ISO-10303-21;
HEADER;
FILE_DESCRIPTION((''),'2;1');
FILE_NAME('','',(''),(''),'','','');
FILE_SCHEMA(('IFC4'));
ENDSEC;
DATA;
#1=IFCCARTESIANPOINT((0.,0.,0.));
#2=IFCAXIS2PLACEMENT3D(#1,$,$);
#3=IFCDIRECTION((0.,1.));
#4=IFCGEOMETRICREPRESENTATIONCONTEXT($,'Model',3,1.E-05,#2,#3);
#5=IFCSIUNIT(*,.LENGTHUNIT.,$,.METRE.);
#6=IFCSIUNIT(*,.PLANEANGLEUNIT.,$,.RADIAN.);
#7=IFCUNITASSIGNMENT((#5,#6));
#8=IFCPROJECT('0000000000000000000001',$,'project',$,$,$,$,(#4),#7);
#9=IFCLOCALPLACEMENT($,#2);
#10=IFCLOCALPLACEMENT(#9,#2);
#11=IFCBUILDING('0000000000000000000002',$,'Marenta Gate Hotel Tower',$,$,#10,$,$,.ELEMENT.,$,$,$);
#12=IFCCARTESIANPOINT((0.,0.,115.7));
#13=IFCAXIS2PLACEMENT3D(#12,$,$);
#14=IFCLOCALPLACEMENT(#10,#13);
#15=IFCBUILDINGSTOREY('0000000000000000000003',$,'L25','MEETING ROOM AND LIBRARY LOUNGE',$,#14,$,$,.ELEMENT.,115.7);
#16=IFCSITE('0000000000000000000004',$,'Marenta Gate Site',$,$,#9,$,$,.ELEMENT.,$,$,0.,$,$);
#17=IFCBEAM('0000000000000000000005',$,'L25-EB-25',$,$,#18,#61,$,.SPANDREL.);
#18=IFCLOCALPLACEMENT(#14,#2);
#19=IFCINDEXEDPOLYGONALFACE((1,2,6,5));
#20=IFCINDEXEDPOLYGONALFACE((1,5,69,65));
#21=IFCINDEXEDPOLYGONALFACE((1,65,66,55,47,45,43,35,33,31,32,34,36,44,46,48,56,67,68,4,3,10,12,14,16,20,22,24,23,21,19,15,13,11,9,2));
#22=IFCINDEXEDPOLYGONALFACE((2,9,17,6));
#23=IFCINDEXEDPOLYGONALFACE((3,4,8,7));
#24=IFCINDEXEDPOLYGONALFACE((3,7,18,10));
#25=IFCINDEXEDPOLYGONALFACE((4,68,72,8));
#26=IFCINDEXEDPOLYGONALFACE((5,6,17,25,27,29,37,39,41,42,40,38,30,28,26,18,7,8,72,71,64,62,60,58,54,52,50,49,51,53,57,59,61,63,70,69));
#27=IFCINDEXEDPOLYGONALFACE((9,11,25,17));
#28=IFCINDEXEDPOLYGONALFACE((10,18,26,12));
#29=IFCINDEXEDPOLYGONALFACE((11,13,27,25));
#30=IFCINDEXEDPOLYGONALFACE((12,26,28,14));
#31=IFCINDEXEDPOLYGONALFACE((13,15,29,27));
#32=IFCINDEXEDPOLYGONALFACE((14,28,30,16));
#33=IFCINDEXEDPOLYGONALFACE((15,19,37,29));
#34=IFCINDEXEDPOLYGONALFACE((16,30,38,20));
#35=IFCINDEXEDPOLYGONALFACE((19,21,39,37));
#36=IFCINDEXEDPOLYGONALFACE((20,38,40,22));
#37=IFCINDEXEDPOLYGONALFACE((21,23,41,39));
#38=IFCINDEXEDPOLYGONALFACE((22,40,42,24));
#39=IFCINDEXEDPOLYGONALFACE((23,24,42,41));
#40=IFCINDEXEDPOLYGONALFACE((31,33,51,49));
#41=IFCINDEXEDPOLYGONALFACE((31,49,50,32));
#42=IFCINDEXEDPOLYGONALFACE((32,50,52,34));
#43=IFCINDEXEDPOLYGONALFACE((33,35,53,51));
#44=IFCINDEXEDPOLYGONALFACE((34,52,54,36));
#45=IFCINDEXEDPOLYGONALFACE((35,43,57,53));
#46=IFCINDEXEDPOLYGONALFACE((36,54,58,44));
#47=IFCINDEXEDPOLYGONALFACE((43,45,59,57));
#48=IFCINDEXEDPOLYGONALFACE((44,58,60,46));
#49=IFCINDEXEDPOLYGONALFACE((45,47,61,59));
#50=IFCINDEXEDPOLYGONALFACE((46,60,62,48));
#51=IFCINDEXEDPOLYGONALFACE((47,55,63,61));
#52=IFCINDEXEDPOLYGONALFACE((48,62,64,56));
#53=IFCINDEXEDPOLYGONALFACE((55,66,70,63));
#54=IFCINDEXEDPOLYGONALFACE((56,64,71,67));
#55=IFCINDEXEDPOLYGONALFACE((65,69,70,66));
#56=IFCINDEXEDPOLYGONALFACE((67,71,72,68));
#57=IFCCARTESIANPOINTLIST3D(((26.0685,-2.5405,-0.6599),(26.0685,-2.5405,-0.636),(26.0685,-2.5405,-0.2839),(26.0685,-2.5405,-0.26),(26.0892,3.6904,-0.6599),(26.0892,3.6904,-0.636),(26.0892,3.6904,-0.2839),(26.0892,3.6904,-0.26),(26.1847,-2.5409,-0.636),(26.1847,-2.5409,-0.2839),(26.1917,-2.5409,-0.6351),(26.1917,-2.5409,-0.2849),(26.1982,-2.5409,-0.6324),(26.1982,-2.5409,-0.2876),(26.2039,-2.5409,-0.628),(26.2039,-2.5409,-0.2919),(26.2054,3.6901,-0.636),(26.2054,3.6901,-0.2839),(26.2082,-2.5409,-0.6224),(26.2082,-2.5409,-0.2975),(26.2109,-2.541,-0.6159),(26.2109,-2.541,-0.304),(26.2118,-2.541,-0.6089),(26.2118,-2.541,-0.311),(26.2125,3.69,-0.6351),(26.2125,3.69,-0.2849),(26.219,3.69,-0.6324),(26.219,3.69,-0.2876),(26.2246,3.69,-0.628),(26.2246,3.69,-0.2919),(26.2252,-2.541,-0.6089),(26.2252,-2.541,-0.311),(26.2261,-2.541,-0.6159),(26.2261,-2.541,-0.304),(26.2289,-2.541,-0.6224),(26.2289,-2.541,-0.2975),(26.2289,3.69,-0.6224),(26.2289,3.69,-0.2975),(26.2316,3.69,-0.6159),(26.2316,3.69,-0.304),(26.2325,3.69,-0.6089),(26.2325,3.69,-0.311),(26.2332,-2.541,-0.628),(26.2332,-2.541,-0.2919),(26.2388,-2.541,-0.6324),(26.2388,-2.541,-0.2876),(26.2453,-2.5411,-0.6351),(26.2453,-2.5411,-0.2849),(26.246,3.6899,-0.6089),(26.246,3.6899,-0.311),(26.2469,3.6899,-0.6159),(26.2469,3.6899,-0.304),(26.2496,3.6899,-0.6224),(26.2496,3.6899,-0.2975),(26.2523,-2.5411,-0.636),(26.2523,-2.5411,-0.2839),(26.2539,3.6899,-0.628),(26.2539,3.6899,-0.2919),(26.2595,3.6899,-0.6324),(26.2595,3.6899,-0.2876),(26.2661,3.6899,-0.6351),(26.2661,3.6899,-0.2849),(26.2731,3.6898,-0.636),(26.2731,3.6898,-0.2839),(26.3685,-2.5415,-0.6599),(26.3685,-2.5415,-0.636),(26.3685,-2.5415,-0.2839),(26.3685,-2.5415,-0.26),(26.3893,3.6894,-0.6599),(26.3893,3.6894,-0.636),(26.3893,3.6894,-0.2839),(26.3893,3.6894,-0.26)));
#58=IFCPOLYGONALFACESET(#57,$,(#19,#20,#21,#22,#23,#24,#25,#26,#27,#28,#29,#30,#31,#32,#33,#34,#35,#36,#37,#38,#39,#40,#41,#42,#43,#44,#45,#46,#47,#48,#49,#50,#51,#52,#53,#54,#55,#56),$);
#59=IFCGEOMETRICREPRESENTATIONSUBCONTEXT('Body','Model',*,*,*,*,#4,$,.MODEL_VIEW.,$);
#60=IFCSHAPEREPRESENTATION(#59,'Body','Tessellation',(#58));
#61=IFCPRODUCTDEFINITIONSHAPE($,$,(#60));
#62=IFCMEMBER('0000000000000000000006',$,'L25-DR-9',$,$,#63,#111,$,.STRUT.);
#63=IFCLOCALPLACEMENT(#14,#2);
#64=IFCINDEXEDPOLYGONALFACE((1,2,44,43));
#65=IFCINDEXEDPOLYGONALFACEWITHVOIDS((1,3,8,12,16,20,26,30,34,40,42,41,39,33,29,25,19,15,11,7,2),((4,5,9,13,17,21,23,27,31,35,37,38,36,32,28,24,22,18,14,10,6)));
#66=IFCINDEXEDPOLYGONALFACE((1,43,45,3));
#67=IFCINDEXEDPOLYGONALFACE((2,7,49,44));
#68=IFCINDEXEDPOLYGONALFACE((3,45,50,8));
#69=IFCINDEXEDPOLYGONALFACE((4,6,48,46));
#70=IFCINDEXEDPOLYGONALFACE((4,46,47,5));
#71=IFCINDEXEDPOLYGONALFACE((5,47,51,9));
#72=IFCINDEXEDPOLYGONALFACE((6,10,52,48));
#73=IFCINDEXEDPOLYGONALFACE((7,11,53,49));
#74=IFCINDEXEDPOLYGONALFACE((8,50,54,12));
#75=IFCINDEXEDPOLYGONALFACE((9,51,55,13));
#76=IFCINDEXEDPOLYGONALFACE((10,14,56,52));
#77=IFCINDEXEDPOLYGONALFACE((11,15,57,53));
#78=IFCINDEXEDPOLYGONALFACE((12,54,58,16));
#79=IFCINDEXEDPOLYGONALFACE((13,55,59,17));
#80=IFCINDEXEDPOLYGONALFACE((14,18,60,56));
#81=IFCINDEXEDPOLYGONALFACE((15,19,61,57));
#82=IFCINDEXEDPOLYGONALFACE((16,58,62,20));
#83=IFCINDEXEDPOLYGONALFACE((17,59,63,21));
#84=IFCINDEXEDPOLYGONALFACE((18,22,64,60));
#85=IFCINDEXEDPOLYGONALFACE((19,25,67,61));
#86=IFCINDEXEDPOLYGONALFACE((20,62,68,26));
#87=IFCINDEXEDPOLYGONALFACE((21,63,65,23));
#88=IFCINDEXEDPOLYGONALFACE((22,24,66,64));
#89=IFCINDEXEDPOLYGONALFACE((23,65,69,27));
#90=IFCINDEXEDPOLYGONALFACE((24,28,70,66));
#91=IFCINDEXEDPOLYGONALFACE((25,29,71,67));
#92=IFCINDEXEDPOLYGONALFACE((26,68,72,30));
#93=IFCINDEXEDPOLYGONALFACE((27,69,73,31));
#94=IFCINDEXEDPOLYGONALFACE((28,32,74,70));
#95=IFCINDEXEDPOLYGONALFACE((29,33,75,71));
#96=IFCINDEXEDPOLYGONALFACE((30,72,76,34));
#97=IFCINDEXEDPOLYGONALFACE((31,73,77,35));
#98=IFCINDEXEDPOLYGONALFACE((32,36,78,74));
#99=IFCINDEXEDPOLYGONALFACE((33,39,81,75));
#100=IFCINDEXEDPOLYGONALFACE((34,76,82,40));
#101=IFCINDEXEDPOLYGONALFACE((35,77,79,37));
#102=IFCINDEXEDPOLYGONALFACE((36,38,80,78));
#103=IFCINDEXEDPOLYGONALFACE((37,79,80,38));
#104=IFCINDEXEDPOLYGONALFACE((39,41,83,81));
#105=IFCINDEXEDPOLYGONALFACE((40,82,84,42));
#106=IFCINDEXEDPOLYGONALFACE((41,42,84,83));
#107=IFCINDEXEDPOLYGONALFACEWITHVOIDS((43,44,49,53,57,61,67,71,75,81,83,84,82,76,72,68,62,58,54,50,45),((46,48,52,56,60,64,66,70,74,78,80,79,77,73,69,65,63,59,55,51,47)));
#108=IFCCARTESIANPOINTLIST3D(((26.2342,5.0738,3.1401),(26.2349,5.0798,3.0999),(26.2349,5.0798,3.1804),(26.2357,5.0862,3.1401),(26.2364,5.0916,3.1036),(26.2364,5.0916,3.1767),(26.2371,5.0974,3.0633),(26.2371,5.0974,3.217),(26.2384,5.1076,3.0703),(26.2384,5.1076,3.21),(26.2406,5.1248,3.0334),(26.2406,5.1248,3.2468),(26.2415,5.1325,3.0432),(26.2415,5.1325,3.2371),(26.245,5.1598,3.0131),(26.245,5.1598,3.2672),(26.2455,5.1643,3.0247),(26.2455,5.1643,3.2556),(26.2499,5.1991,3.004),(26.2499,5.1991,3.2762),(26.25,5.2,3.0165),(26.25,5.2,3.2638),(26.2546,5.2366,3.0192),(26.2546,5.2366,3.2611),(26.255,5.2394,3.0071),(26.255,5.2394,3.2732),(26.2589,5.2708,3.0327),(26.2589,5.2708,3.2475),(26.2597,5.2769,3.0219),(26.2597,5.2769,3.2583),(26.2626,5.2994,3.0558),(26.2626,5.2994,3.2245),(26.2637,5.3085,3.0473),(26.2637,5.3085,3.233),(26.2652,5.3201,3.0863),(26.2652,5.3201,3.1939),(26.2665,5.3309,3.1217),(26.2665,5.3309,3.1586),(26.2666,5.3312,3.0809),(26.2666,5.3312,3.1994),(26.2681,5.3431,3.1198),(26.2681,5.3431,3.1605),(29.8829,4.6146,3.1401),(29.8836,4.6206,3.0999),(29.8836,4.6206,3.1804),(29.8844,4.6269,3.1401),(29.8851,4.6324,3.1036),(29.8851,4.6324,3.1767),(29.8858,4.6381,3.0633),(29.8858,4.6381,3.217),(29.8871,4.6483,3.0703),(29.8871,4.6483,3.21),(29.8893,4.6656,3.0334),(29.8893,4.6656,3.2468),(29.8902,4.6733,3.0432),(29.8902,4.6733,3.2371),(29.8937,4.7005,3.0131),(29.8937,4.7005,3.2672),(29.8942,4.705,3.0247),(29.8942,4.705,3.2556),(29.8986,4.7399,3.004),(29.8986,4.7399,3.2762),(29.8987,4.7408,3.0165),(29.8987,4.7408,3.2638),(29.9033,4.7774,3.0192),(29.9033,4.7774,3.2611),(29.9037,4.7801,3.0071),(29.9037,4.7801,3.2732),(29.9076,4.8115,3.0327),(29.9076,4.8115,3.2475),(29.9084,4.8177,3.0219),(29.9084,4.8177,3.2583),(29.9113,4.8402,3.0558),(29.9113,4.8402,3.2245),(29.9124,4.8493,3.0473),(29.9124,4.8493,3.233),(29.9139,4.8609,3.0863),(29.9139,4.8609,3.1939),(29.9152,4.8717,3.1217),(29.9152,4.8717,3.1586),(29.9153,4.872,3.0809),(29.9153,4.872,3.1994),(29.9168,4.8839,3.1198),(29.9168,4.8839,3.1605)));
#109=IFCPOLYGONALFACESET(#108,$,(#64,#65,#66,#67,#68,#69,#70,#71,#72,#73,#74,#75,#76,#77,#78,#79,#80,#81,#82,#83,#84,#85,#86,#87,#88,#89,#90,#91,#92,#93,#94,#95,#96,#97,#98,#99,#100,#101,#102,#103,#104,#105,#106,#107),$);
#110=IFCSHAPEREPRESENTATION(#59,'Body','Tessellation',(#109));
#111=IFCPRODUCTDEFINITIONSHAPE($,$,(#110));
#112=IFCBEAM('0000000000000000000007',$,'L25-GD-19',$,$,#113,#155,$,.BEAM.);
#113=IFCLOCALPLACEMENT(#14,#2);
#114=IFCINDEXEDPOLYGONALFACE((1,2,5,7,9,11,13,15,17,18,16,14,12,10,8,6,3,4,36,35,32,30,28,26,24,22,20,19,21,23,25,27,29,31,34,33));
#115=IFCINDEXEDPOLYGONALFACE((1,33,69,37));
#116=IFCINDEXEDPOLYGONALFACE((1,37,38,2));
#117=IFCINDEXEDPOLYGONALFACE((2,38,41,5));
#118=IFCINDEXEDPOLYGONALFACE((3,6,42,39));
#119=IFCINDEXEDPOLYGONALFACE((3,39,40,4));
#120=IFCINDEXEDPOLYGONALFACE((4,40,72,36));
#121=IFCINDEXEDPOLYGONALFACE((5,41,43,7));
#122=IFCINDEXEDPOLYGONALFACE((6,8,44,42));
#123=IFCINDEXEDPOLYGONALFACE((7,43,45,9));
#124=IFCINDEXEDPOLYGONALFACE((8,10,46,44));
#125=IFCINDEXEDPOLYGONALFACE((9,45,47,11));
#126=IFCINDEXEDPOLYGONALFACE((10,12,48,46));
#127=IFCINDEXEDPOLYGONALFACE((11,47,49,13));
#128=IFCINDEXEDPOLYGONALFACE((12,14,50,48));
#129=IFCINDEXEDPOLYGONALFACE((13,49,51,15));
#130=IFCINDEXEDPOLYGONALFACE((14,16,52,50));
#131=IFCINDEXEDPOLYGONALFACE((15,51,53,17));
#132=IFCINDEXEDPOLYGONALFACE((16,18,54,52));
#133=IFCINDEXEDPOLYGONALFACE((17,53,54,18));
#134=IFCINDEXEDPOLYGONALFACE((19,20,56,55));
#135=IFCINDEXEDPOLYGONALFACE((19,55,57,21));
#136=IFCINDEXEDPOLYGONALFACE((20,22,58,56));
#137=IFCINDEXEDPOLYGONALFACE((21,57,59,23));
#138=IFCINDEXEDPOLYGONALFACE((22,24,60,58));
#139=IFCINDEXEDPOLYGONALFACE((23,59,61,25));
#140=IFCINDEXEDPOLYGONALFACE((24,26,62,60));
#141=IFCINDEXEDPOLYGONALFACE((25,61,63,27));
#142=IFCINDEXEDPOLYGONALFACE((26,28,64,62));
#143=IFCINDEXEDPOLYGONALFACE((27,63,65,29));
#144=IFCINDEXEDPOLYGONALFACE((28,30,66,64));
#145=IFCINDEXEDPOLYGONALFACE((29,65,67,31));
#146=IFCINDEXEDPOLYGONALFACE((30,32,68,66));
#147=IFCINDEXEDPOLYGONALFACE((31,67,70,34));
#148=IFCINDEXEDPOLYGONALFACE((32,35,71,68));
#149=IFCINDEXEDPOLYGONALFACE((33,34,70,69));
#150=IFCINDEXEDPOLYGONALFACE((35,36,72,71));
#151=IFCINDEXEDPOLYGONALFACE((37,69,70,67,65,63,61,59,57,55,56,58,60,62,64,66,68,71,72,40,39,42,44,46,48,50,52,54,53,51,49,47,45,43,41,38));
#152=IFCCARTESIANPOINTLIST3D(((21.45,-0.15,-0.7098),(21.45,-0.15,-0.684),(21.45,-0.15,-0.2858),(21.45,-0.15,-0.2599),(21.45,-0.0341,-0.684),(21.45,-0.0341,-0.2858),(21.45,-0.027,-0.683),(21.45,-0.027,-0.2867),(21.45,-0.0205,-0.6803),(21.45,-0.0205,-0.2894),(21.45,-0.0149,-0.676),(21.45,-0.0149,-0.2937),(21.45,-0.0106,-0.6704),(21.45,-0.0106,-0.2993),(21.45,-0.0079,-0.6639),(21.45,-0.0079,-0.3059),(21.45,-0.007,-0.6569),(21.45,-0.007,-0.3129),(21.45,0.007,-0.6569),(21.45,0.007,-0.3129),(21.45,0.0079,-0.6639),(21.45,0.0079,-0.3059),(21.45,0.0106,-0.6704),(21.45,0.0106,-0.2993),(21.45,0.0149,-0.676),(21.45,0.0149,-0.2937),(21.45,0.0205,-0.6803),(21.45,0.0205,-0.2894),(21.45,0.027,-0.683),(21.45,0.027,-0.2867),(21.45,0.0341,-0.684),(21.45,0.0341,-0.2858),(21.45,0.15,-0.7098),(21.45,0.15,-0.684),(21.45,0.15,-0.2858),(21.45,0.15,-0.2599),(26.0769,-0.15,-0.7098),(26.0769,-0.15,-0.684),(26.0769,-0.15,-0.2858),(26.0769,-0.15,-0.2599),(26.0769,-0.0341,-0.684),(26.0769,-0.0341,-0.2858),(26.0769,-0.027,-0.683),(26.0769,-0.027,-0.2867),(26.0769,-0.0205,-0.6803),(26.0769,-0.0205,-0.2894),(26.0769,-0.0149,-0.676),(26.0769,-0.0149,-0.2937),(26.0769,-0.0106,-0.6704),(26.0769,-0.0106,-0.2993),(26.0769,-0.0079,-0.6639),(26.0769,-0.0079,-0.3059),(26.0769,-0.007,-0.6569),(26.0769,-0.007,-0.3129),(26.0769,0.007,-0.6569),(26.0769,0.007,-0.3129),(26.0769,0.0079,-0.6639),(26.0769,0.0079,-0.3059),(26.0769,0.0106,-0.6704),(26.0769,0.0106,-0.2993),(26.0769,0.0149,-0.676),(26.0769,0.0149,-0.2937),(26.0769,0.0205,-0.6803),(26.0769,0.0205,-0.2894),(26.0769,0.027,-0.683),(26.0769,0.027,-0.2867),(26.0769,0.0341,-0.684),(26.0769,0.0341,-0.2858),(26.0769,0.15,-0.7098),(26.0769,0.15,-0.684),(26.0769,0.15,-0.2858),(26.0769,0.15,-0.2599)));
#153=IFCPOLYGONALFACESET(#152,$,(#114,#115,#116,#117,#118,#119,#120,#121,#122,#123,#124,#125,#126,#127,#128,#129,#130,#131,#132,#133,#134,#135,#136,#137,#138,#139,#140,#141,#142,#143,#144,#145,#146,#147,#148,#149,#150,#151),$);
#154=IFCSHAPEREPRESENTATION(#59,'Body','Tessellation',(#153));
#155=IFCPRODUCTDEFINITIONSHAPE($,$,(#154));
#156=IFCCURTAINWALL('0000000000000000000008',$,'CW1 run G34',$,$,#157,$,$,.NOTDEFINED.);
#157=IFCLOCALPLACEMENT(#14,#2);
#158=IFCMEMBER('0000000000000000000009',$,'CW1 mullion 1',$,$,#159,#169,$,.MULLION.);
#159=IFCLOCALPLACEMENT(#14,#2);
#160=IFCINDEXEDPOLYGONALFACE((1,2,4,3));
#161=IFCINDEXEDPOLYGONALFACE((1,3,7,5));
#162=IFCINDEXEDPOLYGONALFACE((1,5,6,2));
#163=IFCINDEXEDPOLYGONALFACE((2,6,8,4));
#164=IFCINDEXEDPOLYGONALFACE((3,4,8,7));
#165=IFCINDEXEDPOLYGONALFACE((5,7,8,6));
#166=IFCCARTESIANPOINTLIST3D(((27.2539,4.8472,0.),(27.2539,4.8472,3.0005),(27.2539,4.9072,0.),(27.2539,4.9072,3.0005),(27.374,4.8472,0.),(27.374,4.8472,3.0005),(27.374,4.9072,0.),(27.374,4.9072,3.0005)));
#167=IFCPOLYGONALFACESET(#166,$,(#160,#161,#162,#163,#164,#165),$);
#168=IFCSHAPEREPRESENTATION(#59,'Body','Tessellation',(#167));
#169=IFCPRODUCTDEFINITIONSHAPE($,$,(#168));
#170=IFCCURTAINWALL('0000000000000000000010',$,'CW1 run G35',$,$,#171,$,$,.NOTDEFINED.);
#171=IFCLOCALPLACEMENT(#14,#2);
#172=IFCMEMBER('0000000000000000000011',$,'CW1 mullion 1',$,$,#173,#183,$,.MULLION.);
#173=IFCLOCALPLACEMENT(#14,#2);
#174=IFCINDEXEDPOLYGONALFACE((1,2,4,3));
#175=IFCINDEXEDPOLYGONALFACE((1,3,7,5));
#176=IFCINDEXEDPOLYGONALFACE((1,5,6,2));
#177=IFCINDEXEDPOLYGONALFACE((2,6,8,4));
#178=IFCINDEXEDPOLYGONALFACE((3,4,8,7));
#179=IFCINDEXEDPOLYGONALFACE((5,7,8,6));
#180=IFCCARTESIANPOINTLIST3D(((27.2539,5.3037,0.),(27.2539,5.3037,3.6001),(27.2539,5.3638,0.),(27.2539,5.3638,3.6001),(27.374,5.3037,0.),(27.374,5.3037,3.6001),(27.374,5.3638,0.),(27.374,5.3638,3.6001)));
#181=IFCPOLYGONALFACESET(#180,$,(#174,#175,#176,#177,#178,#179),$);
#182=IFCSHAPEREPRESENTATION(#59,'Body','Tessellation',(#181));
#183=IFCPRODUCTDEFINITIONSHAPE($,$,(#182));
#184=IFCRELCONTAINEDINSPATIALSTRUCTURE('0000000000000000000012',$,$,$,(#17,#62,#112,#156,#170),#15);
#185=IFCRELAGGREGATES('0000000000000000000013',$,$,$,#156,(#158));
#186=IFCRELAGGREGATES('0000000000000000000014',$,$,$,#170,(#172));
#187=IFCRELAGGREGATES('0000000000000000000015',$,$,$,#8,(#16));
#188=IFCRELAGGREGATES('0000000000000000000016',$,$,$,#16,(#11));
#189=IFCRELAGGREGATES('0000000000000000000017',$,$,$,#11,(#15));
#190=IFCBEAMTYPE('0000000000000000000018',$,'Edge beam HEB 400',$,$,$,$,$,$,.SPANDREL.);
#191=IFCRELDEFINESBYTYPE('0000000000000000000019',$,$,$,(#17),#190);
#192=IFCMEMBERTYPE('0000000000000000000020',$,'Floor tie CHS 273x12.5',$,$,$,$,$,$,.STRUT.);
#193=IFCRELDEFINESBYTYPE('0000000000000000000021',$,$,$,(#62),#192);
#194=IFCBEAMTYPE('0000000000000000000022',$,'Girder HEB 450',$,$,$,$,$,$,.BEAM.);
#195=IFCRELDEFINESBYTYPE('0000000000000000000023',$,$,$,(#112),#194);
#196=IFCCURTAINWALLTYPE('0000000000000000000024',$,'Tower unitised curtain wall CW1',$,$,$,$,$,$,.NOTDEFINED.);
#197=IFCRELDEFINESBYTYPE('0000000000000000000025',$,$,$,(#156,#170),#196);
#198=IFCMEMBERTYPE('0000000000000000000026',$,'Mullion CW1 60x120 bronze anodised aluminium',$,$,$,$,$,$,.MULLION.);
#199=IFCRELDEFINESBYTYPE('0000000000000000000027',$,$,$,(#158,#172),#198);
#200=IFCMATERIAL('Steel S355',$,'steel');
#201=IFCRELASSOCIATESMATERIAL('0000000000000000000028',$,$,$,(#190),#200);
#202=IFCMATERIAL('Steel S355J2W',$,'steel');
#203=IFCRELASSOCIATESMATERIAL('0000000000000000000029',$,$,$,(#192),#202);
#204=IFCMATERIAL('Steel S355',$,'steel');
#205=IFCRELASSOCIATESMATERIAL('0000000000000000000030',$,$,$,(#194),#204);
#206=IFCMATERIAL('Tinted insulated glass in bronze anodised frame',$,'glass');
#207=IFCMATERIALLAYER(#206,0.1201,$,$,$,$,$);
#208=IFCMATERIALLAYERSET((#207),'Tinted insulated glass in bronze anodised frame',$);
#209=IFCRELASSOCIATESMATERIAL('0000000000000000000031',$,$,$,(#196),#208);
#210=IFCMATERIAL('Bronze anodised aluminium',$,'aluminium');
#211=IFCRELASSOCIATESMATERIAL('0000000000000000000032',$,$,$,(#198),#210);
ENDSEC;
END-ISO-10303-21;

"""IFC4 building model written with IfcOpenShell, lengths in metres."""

from ifc_helpers import new_model, si_unit, direction, frame, origin, origin_2d, place, context, subcontext, project, spatial, rectangle, hollow_circle, i_section, extrude, material, layer, layer_set, material_profile, profile_set, type_object, element, aggregate, save


model = new_model("IFC4")

# Units and contexts
model_context = context("Model", 3, precision=1e-05, world=origin(), true_north=direction((0.0, 1.0)))
body_context = subcontext(model_context, "Body", "Model", "MODEL_VIEW")
ifc_project = project(units=[si_unit("LENGTHUNIT", "METRE"), si_unit("PLANEANGLEUNIT", "RADIAN")], contexts=[model_context])

# Site, building, storey
site_placement = place(None, origin())
site = spatial("IfcSite", under=ifc_project, at=site_placement, Name="Marenta Gate Site", CompositionType="ELEMENT", RefElevation=0.0)
building_placement = place(site_placement, origin())
building = spatial("IfcBuilding", under=site, at=building_placement, Name="Marenta Gate Hotel Tower", CompositionType="ELEMENT")
storey_placement = place(building_placement, frame((0.0, 0.0, 115.7)))
storey = spatial("IfcBuildingStorey", under=building, at=storey_placement, Name="L25", Description="MEETING ROOM AND LIBRARY LOUNGE", CompositionType="ELEMENT", Elevation=115.7)

# Beam
ifc_material_1 = material(Name="Steel S355", Category="steel")
ifc_material_profile_1 = material_profile(ifc_material_1, i_section(OverallWidth=0.3, OverallDepth=0.3999, WebThickness=0.0134, FlangeThickness=0.0239, FilletRadius=0.0271, at=origin_2d()), Name="HEB 400")
ifc_profile_set_1 = profile_set([ifc_material_profile_1], Name="Steel S355")
beam_type_1 = type_object("IfcBeamType", Name="Edge beam HEB 400", PredefinedType="SPANDREL", material=ifc_profile_set_1)
beam_1_placement = place(storey_placement, frame((26.2393, 3.6899, -0.46), z_axis=(-0.00333, -0.999994, 0.0), x_axis=(0.999994, -0.00333, 0.0)))
element("IfcBeam", 1, at=beam_1_placement, inside=storey, type_object=beam_type_1, Name="L25-EB-25", PredefinedType="SPANDREL", context=body_context, shape_type="SweptSolid", body=[
    extrude(i_section(OverallWidth=0.3, OverallDepth=0.3999, WebThickness=0.0134, FlangeThickness=0.0239, FilletRadius=0.0271, at=origin_2d()), origin(), (0.0, 0.0, 1.0), 6.231),
])

# Member
ifc_material_2 = material(Name="Steel S355J2W", Category="steel")
ifc_material_profile_2 = material_profile(ifc_material_2, hollow_circle(Radius=0.1365, WallThickness=0.0125, at=origin_2d()), Name="CHS 273x12.5")
ifc_profile_set_2 = profile_set([ifc_material_profile_2], Name="Steel S355J2W")
member_type_1 = type_object("IfcMemberType", Name="Floor tie CHS 273x12.5", PredefinedType="STRUT", material=ifc_profile_set_2)
member_1_placement = place(storey_placement, frame((29.8999, 4.75, 3.1401), z_axis=(-0.992172, 0.124876, 0.0), x_axis=(-0.124876, -0.992172, 0.0)))
element("IfcMember", 2, at=member_1_placement, inside=storey, type_object=member_type_1, Name="L25-DR-9", PredefinedType="STRUT", context=body_context, shape_type="SweptSolid", body=[
    extrude(hollow_circle(Radius=0.1365, WallThickness=0.0125, at=origin_2d()), origin(), (0.0, 0.0, 1.0), 3.6775),
])

# Beam
ifc_material_3 = material(Name="Steel S355", Category="steel")
ifc_material_profile_3 = material_profile(ifc_material_3, i_section(OverallWidth=0.3, OverallDepth=0.45, WebThickness=0.0139, FlangeThickness=0.0259, FilletRadius=0.0271, at=origin_2d()), Name="HEB 450")
ifc_profile_set_3 = profile_set([ifc_material_profile_3], Name="Steel S355")
beam_type_2 = type_object("IfcBeamType", Name="Girder HEB 450", PredefinedType="BEAM", material=ifc_profile_set_3)
beam_2_placement = place(storey_placement, frame((21.45, 0.0, -0.4849), z_axis=(1.0, 0.0, 0.0), x_axis=(0.0, 1.0, 0.0)))
element("IfcBeam", 3, at=beam_2_placement, inside=storey, type_object=beam_type_2, Name="L25-GD-19", PredefinedType="BEAM", context=body_context, shape_type="SweptSolid", body=[
    extrude(i_section(OverallWidth=0.3, OverallDepth=0.45, WebThickness=0.0139, FlangeThickness=0.0259, FilletRadius=0.0271, at=origin_2d()), origin(), (0.0, 0.0, 1.0), 4.627),
])

# Curtain walls, members
ifc_material_4 = material(Name="Tinted insulated glass in bronze anodised frame", Category="glass")
ifc_layer_1 = layer(ifc_material_4, 0.1201)
ifc_layer_set_1 = layer_set([ifc_layer_1], Name="Tinted insulated glass in bronze anodised frame")
curtain_wall_type = type_object("IfcCurtainWallType", Name="Tower unitised curtain wall CW1", PredefinedType="NOTDEFINED", material=ifc_layer_set_1)
curtain_wall_1_placement = place(storey_placement, origin())
curtain_wall_1 = element("IfcCurtainWall", 4, at=curtain_wall_1_placement, inside=storey, type_object=curtain_wall_type, Name="CW1 run G34", PredefinedType="NOTDEFINED")
ifc_material_5 = material(Name="Bronze anodised aluminium", Category="aluminium")
ifc_material_profile_4 = material_profile(ifc_material_5, rectangle(XDim=0.1201, YDim=0.0601, at=origin_2d()), Name="Mullion CW1 60x120 bronze anodised aluminium")
ifc_profile_set_4 = profile_set([ifc_material_profile_4], Name="Bronze anodised aluminium")
member_type_2 = type_object("IfcMemberType", Name="Mullion CW1 60x120 bronze anodised aluminium", PredefinedType="MULLION", material=ifc_profile_set_4)
member_2_placement = place(storey_placement, frame((27.314, 4.8772, 0.0), z_axis=(0.0, 0.0, 1.0), x_axis=(-1.0, 0.0, 0.0)))
member_2 = element("IfcMember", 5, at=member_2_placement, type_object=member_type_2, Name="CW1 mullion 1", PredefinedType="MULLION", context=body_context, shape_type="SweptSolid", body=[
    extrude(rectangle(XDim=0.1201, YDim=0.0601, at=origin_2d()), origin(), (0.0, 0.0, 1.0), 3.0005),
])
curtain_wall_2_placement = place(storey_placement, origin())
curtain_wall_2 = element("IfcCurtainWall", 6, at=curtain_wall_2_placement, inside=storey, type_object=curtain_wall_type, Name="CW1 run G35", PredefinedType="NOTDEFINED")
member_3_placement = place(storey_placement, frame((27.314, 5.3337, 0.0), z_axis=(0.0, 0.0, 1.0), x_axis=(-1.0, 0.0, 0.0)))
member_3 = element("IfcMember", 7, at=member_3_placement, type_object=member_type_2, Name="CW1 mullion 1", PredefinedType="MULLION", context=body_context, shape_type="SweptSolid", body=[
    extrude(rectangle(XDim=0.1201, YDim=0.0601, at=origin_2d()), origin(), (0.0, 0.0, 1.0), 3.6001),
])

aggregate(curtain_wall_1, [member_2])
aggregate(curtain_wall_2, [member_3])

save(model, "model.ifc")
